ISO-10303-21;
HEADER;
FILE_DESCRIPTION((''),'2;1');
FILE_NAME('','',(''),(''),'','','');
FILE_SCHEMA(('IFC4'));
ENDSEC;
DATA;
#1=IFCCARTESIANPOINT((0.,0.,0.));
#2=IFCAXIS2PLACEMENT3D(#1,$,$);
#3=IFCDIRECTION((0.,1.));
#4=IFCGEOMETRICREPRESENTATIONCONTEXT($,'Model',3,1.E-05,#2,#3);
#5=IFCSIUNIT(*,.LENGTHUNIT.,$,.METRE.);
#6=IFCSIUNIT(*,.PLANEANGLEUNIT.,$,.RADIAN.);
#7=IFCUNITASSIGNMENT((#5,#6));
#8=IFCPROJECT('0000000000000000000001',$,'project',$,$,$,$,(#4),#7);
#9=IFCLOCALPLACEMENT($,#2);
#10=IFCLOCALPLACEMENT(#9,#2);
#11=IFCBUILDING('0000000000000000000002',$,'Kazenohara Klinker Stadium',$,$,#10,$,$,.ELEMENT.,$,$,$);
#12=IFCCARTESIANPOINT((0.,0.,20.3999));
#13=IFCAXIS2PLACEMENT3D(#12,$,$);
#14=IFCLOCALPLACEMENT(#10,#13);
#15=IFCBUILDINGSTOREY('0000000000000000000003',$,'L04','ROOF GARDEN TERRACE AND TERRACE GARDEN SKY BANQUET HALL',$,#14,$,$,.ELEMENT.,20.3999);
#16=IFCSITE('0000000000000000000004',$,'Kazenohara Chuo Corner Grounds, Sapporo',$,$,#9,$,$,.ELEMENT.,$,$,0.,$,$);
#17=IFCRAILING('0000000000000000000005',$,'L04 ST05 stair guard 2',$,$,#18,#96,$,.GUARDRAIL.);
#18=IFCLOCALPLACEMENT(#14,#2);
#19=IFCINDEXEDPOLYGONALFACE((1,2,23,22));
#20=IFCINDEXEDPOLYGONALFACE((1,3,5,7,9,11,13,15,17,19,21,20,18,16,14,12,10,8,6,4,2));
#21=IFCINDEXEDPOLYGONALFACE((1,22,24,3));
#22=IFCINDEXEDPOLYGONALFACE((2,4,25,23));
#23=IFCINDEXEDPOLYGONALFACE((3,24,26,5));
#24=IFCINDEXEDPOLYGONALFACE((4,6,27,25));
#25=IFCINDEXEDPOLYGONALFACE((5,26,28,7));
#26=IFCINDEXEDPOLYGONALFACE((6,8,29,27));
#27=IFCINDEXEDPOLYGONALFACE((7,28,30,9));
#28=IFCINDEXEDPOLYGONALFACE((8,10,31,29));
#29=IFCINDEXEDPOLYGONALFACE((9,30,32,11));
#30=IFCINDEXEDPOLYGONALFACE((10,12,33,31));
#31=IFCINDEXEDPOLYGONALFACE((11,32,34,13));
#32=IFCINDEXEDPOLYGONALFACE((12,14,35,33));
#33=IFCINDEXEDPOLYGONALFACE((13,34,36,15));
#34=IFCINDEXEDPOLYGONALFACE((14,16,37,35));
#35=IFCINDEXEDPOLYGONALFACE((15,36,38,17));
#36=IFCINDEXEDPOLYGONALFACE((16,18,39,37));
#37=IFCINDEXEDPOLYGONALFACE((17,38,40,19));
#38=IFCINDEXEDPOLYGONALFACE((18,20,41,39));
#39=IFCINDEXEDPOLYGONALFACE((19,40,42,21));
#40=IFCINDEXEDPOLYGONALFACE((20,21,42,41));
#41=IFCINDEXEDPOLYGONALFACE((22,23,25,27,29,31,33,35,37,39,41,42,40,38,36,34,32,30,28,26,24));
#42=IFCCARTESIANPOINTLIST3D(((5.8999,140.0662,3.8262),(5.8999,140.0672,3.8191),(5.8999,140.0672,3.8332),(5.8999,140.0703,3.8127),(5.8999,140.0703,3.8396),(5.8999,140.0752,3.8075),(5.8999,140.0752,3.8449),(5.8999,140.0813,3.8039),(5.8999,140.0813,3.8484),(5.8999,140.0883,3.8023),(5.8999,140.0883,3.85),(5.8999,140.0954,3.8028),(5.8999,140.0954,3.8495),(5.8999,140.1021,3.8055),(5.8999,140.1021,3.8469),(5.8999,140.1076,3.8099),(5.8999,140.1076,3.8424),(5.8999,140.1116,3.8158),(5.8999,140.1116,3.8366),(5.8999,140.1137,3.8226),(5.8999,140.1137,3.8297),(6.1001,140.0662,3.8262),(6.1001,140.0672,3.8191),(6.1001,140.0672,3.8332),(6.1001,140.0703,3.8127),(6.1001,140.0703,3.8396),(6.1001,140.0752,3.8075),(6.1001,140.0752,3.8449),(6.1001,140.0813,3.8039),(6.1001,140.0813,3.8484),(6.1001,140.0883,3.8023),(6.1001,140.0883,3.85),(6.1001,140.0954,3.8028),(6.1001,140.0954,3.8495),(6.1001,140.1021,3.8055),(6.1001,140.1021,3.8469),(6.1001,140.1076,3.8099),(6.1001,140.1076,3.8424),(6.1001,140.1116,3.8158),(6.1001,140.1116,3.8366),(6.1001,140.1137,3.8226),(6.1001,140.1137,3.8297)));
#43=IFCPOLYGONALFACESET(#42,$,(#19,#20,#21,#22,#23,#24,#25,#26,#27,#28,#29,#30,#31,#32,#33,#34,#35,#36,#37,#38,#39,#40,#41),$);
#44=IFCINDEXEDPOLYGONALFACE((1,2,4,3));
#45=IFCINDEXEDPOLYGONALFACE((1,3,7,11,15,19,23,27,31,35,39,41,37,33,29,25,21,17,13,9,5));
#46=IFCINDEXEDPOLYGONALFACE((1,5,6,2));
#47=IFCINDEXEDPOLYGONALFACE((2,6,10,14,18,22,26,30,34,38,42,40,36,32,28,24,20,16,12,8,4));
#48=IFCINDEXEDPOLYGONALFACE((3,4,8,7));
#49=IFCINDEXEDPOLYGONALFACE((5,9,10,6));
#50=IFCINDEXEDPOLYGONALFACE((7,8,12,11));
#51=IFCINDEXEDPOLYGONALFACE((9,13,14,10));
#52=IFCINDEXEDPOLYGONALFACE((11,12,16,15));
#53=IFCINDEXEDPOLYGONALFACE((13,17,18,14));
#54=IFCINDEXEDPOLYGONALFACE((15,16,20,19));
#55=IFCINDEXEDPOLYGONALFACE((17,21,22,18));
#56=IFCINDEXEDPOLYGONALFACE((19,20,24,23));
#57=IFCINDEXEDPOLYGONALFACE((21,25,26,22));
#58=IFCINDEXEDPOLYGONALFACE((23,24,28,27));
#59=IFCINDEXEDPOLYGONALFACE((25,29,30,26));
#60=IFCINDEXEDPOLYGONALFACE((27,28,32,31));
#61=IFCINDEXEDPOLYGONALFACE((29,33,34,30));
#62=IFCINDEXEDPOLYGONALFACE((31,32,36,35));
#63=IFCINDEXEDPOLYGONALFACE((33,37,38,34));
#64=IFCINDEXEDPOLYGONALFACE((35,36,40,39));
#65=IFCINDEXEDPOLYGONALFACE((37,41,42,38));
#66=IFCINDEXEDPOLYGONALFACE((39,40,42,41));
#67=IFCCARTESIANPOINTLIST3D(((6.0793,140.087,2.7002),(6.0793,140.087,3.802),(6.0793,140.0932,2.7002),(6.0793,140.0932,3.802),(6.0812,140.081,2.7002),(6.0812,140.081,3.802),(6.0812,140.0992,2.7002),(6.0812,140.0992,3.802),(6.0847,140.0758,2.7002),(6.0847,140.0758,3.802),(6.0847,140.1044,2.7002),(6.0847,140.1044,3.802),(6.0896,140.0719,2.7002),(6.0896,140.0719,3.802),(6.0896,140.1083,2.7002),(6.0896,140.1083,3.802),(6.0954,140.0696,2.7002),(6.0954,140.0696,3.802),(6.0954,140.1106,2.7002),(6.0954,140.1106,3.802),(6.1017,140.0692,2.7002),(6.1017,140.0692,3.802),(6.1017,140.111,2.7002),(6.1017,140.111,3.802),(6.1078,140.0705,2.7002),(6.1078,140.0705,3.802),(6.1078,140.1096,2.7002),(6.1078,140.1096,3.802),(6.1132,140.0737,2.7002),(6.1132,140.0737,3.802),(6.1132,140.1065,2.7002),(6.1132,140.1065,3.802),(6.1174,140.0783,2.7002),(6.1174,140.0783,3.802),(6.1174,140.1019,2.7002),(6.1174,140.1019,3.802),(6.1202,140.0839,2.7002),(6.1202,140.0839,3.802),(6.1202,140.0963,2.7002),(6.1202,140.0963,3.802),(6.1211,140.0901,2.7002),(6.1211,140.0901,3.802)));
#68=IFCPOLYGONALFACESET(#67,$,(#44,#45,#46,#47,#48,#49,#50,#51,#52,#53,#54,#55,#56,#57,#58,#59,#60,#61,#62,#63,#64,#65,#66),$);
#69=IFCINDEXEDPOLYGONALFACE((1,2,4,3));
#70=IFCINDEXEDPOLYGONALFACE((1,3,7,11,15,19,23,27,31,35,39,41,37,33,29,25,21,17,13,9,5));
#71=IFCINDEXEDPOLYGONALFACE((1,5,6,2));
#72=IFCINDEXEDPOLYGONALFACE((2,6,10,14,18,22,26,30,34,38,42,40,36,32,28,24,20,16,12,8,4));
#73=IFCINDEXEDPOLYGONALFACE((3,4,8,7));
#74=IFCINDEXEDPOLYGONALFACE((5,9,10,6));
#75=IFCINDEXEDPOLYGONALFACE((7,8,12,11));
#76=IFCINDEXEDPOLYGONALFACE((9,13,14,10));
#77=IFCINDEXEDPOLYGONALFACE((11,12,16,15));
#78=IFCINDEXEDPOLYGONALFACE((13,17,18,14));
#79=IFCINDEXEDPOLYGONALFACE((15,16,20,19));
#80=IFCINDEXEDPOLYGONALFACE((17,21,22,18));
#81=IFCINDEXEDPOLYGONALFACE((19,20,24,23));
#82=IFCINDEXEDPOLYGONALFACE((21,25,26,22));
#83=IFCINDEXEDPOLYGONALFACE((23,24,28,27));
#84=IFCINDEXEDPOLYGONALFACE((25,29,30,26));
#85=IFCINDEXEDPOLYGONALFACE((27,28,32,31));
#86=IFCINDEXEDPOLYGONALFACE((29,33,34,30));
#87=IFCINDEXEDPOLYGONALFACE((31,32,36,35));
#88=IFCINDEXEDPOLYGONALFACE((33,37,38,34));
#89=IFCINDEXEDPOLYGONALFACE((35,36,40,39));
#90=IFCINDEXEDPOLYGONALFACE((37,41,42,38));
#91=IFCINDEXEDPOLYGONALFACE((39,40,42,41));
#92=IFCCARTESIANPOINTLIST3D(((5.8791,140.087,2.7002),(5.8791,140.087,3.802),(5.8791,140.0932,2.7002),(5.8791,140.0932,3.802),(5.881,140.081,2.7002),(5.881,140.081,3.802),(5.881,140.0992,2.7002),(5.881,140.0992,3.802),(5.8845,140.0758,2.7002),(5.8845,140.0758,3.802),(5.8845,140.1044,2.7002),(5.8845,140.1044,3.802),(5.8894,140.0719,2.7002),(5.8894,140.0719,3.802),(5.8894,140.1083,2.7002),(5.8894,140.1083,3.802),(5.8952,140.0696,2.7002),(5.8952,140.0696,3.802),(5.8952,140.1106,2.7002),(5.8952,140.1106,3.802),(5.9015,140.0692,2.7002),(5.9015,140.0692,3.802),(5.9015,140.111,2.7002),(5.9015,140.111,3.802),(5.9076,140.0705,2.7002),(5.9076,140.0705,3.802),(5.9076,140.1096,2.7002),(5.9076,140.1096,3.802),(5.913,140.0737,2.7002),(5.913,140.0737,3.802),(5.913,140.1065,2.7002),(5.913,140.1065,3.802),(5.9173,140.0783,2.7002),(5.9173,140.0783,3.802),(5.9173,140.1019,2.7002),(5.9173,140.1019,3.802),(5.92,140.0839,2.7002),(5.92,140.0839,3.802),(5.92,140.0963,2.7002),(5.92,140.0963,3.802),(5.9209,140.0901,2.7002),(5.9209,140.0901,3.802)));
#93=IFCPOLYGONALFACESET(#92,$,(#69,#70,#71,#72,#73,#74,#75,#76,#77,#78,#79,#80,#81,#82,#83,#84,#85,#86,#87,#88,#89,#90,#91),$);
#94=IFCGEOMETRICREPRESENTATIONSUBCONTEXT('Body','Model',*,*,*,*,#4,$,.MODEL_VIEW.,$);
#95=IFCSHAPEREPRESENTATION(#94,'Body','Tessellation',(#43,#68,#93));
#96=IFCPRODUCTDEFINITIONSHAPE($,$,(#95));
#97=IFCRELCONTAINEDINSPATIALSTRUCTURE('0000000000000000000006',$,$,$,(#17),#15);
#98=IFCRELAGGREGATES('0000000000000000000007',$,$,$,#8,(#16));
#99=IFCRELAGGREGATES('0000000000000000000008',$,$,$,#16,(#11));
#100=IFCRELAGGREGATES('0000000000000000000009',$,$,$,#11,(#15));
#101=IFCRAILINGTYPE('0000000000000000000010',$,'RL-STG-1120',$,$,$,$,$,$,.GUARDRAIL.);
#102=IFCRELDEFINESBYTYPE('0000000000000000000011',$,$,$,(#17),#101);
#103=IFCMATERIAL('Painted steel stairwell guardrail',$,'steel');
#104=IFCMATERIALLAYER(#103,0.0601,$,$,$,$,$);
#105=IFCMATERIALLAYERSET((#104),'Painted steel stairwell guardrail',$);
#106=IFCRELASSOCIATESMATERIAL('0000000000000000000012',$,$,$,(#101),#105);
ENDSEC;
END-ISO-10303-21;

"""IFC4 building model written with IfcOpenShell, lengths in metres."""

from ifc_helpers import new_model, si_unit, direction, frame, origin, origin_2d, place, context, subcontext, project, spatial, circle, extrude, material, layer, layer_set, type_object, element, save


model = new_model("IFC4")

# Units and contexts
model_context = context("Model", 3, precision=1e-05, world=origin(), true_north=direction((0.0, 1.0)))
body_context = subcontext(model_context, "Body", "Model", "MODEL_VIEW")
ifc_project = project(units=[si_unit("LENGTHUNIT", "METRE"), si_unit("PLANEANGLEUNIT", "RADIAN")], contexts=[model_context])

# Site, building, storey
site_placement = place(None, origin())
site = spatial("IfcSite", under=ifc_project, at=site_placement, Name="Kazenohara Chuo Corner Grounds, Sapporo", CompositionType="ELEMENT", RefElevation=0.0)
building_placement = place(site_placement, origin())
building = spatial("IfcBuilding", under=site, at=building_placement, Name="Kazenohara Klinker Stadium", CompositionType="ELEMENT")
storey_placement = place(building_placement, frame((0.0, 0.0, 20.3999)))
storey = spatial("IfcBuildingStorey", under=building, at=storey_placement, Name="L04", Description="ROOF GARDEN TERRACE AND TERRACE GARDEN SKY BANQUET HALL", CompositionType="ELEMENT", Elevation=20.3999)

# Railing
ifc_material_1 = material(Name="Painted steel stairwell guardrail", Category="steel")
ifc_layer_1 = layer(ifc_material_1, 0.0601)
ifc_layer_set_1 = layer_set([ifc_layer_1], Name="Painted steel stairwell guardrail")
railing_type_1 = type_object("IfcRailingType", Name="RL-STG-1120", PredefinedType="GUARDRAIL", material=ifc_layer_set_1)
railing_1_placement = place(storey_placement, frame((6.1001, 140.0901, 2.7002)))
element("IfcRailing", 1, at=railing_1_placement, inside=storey, type_object=railing_type_1, Name="L04 ST05 stair guard 2", PredefinedType="GUARDRAIL", context=body_context, shape_type="SweptSolid", body=[
    extrude(circle(Radius=0.0239, at=origin_2d()), frame((0.0, 0.0, 1.126), z_axis=(-1.0, 0.0, 0.0), x_axis=(0.0, -1.0, 0.0)), (0.0, 0.0, 1.0), 0.2002),
    extrude(circle(Radius=0.021, at=origin_2d()), origin(), (0.0, 0.0, 1.0), 1.1018),
    extrude(circle(Radius=0.021, at=origin_2d()), frame((-0.2002, 0.0, 0.0)), (0.0, 0.0, 1.0), 1.1018),
])

save(model, "model.ifc")
